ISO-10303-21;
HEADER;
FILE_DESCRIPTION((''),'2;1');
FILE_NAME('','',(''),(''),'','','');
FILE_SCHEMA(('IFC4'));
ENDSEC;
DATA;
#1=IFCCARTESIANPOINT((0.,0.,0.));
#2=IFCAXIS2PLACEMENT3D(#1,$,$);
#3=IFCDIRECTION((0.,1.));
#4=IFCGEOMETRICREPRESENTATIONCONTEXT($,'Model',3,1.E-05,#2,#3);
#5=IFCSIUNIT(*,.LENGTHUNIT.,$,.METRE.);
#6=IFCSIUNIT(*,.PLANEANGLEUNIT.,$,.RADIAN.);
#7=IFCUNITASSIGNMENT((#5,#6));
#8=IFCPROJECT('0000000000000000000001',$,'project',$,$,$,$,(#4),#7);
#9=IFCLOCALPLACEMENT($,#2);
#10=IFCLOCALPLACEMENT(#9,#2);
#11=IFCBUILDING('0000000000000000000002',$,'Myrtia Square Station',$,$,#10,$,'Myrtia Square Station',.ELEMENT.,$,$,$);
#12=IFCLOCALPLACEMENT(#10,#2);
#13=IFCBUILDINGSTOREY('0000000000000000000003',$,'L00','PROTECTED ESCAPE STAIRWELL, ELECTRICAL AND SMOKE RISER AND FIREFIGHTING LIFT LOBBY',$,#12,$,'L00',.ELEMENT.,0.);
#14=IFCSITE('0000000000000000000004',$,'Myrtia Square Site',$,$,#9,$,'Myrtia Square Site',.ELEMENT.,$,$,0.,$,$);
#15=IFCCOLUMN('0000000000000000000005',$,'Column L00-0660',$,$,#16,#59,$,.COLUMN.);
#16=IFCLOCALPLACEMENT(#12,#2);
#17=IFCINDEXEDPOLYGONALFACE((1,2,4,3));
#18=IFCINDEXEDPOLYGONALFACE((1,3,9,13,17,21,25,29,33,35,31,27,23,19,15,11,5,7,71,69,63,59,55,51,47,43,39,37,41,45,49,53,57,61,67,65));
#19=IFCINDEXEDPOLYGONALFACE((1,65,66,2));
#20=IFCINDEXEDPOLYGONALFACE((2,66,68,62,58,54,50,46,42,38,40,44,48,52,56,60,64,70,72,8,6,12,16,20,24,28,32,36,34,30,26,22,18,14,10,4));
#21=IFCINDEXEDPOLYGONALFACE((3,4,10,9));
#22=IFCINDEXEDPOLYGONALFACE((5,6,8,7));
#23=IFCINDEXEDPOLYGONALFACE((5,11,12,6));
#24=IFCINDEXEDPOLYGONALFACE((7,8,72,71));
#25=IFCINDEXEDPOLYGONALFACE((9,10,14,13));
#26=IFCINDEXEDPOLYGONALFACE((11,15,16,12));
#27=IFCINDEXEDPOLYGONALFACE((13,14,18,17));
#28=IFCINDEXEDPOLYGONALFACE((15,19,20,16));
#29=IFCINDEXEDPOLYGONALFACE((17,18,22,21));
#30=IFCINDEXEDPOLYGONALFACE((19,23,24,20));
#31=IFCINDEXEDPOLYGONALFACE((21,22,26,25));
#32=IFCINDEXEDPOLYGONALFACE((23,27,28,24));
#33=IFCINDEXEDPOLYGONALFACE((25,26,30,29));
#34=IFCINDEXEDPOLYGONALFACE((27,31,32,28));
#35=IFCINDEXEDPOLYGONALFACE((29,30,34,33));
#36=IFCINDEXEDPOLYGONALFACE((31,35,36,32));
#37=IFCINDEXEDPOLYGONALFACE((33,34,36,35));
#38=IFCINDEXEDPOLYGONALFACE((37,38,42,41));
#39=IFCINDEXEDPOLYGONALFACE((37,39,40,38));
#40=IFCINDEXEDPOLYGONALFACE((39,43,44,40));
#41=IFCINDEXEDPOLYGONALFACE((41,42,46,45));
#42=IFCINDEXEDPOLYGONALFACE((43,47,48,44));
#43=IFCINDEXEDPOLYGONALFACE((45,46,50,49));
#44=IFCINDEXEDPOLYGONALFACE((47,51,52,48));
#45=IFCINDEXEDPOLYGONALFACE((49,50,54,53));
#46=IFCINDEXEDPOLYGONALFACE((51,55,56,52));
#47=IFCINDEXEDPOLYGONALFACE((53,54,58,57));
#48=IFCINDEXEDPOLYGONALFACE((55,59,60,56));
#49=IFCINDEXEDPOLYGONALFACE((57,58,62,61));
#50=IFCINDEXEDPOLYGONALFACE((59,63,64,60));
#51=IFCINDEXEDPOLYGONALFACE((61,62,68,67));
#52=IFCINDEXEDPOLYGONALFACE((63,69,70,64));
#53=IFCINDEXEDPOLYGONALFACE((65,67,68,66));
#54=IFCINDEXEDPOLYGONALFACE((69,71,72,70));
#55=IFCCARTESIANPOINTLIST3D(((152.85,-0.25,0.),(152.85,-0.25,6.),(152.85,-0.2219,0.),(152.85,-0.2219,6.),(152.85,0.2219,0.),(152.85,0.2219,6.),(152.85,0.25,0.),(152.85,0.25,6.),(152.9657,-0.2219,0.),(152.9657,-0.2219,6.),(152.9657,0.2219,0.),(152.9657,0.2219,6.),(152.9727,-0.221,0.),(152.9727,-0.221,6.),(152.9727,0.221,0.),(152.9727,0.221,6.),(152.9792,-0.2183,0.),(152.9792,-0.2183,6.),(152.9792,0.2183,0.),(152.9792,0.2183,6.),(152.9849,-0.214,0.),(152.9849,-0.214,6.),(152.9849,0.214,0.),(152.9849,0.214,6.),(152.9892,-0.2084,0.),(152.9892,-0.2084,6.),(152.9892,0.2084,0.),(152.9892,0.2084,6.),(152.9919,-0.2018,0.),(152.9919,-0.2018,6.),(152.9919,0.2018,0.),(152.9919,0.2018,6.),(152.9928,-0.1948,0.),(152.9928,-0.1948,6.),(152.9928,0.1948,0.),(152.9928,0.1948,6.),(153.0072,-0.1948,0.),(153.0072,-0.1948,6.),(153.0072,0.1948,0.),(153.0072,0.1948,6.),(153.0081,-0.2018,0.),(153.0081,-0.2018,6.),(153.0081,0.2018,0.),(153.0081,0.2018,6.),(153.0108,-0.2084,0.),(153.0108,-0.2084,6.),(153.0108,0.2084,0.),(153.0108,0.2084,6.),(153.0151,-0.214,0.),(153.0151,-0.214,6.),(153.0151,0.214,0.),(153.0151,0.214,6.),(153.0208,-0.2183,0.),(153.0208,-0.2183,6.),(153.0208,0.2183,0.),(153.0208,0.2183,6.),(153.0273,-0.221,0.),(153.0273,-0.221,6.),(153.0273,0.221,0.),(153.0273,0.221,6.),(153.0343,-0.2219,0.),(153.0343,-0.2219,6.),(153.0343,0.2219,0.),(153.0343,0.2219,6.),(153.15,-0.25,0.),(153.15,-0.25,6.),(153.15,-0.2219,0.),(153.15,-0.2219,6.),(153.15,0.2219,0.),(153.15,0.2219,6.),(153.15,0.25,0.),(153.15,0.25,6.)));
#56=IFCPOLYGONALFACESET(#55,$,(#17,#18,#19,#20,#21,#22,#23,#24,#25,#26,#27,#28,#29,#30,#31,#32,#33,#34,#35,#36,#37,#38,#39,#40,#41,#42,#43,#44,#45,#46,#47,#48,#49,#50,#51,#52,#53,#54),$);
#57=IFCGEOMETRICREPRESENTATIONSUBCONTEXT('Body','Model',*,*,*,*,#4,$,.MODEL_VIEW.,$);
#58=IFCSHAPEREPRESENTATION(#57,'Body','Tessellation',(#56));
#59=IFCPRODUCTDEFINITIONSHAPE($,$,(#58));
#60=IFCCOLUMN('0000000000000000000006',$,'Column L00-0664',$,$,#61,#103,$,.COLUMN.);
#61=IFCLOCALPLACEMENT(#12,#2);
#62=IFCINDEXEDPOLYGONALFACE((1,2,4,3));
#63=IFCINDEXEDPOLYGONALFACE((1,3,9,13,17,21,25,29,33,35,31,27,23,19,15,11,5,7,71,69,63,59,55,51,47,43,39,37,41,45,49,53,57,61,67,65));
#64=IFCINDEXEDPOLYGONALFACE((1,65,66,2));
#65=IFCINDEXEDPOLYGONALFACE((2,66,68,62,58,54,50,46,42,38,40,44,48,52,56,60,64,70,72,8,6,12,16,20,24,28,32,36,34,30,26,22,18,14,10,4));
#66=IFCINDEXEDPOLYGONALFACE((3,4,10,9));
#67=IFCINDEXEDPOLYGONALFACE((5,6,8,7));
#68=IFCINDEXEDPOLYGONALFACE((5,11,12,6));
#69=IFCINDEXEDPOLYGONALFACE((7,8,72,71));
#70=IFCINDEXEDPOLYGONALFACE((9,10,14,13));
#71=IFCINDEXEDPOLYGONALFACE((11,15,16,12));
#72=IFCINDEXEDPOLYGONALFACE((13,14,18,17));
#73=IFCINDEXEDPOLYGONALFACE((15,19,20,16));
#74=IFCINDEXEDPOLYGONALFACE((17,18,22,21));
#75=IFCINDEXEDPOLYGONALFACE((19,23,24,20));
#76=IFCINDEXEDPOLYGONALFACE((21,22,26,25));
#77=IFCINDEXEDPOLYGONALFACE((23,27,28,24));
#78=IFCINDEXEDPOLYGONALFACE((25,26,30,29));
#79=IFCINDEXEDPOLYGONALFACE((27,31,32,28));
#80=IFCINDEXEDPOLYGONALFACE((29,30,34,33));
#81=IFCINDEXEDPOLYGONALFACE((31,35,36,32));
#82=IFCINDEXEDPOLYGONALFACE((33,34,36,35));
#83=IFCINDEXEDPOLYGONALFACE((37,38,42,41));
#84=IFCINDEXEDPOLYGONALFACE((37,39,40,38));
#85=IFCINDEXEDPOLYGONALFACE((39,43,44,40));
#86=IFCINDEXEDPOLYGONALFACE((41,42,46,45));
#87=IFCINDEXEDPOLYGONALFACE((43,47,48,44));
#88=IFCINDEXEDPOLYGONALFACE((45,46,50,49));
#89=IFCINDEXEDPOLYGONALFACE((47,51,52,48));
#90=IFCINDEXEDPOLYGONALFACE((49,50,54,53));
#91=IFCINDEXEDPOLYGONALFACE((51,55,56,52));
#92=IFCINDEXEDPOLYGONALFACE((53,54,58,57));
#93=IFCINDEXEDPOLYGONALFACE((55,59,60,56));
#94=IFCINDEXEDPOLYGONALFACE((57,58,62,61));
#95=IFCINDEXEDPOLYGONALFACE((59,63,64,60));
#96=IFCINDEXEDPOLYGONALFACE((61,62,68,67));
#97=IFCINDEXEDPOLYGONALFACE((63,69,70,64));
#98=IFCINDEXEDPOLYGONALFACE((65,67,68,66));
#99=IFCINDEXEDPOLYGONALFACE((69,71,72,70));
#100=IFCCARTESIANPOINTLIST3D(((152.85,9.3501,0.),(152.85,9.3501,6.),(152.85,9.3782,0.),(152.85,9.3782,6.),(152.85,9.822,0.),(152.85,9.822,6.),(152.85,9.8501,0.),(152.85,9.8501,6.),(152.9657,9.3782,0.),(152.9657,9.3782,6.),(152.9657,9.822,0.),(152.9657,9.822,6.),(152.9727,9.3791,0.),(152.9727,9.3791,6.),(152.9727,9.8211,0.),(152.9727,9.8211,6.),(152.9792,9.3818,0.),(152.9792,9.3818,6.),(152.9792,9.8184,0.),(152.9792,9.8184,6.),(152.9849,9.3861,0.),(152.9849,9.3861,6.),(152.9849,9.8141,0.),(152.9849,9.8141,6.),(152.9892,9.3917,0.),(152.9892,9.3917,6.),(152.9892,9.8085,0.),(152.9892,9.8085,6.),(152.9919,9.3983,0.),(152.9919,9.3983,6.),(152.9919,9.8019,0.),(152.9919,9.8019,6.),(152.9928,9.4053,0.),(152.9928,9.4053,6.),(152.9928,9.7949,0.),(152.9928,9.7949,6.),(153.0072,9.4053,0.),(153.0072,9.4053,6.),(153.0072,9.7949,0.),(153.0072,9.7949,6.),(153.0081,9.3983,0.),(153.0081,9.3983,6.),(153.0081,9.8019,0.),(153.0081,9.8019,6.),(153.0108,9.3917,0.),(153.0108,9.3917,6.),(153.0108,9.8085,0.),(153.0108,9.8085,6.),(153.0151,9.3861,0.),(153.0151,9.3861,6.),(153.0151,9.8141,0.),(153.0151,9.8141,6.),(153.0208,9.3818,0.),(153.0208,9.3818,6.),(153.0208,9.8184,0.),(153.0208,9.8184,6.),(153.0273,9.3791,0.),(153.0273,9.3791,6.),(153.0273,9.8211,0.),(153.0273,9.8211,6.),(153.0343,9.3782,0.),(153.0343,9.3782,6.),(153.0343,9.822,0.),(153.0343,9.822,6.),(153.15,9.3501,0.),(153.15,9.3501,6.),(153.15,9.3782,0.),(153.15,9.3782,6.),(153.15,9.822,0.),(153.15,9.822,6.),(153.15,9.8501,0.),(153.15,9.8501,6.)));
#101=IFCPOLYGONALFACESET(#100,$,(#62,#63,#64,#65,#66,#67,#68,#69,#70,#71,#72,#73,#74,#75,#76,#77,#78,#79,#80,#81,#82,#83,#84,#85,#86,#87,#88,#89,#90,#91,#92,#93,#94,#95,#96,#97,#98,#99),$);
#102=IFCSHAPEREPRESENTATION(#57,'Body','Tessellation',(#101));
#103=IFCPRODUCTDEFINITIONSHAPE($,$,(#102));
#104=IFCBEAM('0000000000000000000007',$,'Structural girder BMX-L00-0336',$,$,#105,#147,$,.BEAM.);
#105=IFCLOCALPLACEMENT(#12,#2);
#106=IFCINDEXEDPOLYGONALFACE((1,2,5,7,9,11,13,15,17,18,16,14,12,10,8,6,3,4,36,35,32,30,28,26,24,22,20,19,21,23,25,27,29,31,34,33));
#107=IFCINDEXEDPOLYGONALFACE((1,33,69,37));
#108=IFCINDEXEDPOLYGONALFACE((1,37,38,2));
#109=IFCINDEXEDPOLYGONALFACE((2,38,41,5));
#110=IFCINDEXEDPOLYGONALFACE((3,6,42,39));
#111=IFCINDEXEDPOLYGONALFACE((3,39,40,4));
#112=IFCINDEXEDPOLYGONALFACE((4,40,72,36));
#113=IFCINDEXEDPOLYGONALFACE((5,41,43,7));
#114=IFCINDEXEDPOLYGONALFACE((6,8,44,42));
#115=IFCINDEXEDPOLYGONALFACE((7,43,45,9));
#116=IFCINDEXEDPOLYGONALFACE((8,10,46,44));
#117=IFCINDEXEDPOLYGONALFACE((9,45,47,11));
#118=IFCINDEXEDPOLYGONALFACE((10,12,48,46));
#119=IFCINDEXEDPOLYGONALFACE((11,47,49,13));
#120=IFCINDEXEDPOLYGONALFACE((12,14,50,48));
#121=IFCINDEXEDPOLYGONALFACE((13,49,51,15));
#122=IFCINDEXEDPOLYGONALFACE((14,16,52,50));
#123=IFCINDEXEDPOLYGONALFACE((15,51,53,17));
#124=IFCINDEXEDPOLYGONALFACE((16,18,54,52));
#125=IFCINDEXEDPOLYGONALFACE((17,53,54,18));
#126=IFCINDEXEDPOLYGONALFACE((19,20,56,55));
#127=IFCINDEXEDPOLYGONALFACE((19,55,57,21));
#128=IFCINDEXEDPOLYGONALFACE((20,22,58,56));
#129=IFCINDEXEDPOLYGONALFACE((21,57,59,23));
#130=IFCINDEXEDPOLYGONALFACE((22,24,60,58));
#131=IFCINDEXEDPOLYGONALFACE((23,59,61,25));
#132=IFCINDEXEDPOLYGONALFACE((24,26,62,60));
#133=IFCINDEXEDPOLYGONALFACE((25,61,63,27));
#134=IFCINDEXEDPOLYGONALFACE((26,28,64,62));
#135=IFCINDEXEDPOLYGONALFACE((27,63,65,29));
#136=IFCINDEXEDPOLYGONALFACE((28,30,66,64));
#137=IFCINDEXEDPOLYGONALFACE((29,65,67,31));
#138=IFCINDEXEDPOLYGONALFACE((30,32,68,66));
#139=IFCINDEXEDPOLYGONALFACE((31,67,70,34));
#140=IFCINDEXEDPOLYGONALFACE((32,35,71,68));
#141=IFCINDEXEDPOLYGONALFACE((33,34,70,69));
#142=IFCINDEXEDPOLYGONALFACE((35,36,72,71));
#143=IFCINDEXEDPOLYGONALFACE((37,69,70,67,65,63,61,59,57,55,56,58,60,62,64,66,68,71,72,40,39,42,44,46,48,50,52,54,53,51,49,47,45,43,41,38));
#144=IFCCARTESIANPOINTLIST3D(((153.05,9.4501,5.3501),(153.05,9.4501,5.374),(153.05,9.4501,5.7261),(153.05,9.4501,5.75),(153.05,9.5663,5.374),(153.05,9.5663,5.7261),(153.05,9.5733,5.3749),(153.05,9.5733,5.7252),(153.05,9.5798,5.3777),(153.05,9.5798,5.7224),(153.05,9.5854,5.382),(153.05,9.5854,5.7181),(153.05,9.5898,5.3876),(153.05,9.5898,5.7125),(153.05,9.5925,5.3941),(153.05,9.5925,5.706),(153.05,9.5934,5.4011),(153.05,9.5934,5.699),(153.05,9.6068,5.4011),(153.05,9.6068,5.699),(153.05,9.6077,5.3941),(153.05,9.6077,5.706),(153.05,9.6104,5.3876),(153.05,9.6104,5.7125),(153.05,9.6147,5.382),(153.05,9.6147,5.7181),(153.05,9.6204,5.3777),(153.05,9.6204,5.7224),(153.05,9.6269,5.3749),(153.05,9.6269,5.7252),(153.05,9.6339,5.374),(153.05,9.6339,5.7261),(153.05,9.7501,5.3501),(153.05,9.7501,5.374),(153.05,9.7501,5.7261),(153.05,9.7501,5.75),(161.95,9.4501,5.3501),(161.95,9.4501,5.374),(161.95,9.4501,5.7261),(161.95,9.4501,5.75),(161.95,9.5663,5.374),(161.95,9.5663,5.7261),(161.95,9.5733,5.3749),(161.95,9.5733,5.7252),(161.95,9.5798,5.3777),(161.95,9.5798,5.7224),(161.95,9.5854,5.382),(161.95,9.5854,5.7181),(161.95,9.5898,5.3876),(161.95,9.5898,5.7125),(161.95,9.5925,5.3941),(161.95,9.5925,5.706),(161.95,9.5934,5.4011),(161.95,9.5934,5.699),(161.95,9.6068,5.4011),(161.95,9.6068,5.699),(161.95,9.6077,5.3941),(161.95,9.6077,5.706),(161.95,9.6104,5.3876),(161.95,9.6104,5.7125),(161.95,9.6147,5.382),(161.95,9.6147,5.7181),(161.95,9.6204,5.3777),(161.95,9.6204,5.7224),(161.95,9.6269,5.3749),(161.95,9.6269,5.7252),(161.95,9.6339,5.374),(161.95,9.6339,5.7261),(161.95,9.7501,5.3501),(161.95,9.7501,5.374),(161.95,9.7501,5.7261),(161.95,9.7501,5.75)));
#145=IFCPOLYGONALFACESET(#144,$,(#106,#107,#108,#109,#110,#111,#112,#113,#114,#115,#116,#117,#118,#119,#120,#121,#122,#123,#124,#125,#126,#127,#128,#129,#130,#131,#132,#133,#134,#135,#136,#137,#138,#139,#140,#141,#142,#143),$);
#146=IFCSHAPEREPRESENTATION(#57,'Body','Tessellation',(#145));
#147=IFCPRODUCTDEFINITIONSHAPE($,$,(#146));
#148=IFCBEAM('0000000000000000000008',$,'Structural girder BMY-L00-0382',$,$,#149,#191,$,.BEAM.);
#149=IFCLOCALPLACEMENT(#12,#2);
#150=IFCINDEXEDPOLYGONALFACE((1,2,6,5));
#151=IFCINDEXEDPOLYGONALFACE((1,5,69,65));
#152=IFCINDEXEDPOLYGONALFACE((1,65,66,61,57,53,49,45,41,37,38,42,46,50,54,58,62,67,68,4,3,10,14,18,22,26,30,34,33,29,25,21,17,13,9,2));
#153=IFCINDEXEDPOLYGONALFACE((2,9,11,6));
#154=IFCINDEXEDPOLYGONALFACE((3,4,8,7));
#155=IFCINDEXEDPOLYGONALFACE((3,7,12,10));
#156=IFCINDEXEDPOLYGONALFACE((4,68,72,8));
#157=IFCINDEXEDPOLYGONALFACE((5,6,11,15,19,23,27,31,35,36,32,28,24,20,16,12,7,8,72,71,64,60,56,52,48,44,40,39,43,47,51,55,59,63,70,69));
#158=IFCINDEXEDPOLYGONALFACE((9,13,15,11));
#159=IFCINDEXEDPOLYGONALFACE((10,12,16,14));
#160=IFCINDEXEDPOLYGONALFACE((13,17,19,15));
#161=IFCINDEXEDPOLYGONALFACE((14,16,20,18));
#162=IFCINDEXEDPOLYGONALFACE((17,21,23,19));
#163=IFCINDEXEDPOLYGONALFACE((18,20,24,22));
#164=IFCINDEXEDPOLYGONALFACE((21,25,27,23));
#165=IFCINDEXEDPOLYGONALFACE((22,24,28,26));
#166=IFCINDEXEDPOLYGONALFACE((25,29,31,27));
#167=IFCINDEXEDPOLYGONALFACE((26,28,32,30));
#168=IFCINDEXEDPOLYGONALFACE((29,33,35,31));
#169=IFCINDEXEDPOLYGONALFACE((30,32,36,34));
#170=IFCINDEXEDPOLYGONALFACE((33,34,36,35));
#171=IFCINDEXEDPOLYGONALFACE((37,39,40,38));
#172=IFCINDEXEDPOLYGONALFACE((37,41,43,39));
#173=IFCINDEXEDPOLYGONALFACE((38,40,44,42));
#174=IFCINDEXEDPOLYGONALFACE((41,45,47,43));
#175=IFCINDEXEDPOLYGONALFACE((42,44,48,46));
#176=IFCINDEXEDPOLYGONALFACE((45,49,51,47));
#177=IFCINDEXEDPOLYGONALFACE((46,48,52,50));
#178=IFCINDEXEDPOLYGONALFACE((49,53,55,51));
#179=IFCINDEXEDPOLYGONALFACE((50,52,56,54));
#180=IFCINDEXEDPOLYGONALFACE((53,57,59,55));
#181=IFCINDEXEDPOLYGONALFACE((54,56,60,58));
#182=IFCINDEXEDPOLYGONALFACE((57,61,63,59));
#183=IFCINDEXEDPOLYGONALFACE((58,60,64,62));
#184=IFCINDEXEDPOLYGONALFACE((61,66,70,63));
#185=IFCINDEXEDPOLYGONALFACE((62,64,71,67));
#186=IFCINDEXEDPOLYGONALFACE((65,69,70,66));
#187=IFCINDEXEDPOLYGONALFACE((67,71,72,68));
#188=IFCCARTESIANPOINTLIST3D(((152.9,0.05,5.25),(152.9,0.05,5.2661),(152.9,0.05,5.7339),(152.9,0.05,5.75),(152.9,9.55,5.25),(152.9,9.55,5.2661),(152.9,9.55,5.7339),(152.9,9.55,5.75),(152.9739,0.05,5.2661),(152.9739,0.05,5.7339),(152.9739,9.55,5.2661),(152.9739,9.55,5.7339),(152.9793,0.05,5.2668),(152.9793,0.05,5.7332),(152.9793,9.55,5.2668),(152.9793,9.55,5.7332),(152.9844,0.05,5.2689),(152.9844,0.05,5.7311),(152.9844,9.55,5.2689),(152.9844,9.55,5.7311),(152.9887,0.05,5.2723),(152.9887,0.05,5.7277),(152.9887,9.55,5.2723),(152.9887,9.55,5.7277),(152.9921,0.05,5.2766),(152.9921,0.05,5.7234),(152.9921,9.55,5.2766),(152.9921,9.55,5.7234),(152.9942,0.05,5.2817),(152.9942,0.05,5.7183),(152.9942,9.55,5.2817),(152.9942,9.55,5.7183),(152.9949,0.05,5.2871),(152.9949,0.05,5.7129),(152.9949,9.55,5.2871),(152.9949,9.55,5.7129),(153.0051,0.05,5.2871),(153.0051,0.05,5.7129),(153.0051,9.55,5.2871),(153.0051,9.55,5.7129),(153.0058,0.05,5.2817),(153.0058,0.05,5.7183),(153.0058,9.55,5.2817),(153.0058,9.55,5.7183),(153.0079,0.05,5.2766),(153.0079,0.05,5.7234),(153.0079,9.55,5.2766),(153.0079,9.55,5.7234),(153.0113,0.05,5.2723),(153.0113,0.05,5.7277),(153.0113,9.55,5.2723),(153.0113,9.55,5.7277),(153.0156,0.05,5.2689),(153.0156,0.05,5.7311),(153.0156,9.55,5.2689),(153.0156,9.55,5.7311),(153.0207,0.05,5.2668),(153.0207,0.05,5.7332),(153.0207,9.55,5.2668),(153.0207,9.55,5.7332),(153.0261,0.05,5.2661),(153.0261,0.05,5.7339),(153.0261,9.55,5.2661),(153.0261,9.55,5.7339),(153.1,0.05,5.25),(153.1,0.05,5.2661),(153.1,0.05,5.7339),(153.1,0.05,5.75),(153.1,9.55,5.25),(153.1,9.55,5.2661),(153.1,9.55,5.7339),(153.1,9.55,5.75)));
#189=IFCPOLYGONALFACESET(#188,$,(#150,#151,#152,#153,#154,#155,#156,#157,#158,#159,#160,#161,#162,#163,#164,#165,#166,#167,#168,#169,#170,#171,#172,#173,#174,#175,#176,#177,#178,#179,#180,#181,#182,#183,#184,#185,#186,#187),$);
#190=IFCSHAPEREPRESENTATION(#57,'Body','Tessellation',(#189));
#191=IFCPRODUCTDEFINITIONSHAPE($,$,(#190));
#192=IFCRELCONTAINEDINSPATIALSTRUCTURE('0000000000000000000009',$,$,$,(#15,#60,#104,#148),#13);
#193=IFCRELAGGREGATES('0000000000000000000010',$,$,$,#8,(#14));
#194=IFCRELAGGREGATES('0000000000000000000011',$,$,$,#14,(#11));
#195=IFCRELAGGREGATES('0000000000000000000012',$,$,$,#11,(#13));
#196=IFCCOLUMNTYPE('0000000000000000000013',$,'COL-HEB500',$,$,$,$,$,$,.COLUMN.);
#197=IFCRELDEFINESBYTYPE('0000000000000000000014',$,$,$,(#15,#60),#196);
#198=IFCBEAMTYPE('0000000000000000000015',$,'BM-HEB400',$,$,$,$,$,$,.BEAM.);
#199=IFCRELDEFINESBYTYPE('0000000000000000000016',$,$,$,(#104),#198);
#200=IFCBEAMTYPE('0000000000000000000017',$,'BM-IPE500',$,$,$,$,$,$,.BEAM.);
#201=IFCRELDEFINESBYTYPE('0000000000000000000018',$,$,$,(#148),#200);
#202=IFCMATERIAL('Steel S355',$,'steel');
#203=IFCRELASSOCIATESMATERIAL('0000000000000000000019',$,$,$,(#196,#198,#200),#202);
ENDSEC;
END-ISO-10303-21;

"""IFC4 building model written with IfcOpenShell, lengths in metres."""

from ifc_helpers import new_model, si_unit, direction, frame, origin, origin_2d, place, context, subcontext, project, spatial, i_section, extrude, material, material_profile, profile_set, type_object, element, save


model = new_model("IFC4")

# Units and contexts
model_context = context("Model", 3, precision=1e-05, world=origin(), true_north=direction((0.0, 1.0)))
body_context = subcontext(model_context, "Body", "Model", "MODEL_VIEW")
ifc_project = project(units=[si_unit("LENGTHUNIT", "METRE"), si_unit("PLANEANGLEUNIT", "RADIAN")], contexts=[model_context])

# Site, building, storey
site_placement = place(None, origin())
site = spatial("IfcSite", under=ifc_project, at=site_placement, Name="Myrtia Square Site", LongName="Myrtia Square Site", CompositionType="ELEMENT", RefElevation=0.0)
building_placement = place(site_placement, origin())
building = spatial("IfcBuilding", under=site, at=building_placement, Name="Myrtia Square Station", LongName="Myrtia Square Station", CompositionType="ELEMENT")
storey_placement = place(building_placement, origin())
storey = spatial("IfcBuildingStorey", under=building, at=storey_placement, Name="L00", Description="PROTECTED ESCAPE STAIRWELL, ELECTRICAL AND SMOKE RISER AND FIREFIGHTING LIFT LOBBY", LongName="L00", CompositionType="ELEMENT", Elevation=0.0)

# Columns
ifc_material_1 = material(Name="Steel S355", Category="steel")
ifc_material_profile_1 = material_profile(ifc_material_1, i_section(OverallWidth=0.3, OverallDepth=0.5, WebThickness=0.0144, FlangeThickness=0.0281, FilletRadius=0.0271, at=origin_2d()), Name="HEB 500")
ifc_profile_set_1 = profile_set([ifc_material_profile_1], Name="Steel S355")
column_type = type_object("IfcColumnType", Name="COL-HEB500", PredefinedType="COLUMN", material=ifc_profile_set_1)
for number, where, z_axis, x_axis, name in (
    (1, (153.0, 0.0, 0.0), (0.0, 0.0, 1.0), (1.0, 0.0, 0.0), "Column L00-0660"),
    (2, (153.0, 9.6001, 0.0), (0.0, 0.0, 1.0), (1.0, 0.0, 0.0), "Column L00-0664"),
):
    element("IfcColumn", number, at=place(storey_placement, frame(where, z_axis=z_axis, x_axis=x_axis)), inside=storey, type_object=column_type, Name=name, PredefinedType="COLUMN", context=body_context, shape_type="SweptSolid", body=[
        extrude(i_section(OverallWidth=0.3, OverallDepth=0.5, WebThickness=0.0144, FlangeThickness=0.0281, FilletRadius=0.0271, at=origin_2d()), origin(), (0.0, 0.0, 1.0), 6.0),
    ])

# Beams
ifc_material_profile_2 = material_profile(ifc_material_1, i_section(OverallWidth=0.3, OverallDepth=0.3999, WebThickness=0.0134, FlangeThickness=0.0239, FilletRadius=0.0271, at=origin_2d()), Name="HEB 400")
ifc_profile_set_2 = profile_set([ifc_material_profile_2], Name="Steel S355")
beam_type_1 = type_object("IfcBeamType", Name="BM-HEB400", PredefinedType="BEAM", material=ifc_profile_set_2)
beam_1_placement = place(storey_placement, frame((153.05, 9.6001, 5.55), z_axis=(1.0, 0.0, 0.0), x_axis=(0.0, 1.0, 0.0)))
element("IfcBeam", 3, at=beam_1_placement, inside=storey, type_object=beam_type_1, Name="Structural girder BMX-L00-0336", PredefinedType="BEAM", context=body_context, shape_type="SweptSolid", body=[
    extrude(i_section(OverallWidth=0.3, OverallDepth=0.3999, WebThickness=0.0134, FlangeThickness=0.0239, FilletRadius=0.0271, at=origin_2d()), origin(), (0.0, 0.0, 1.0), 8.8999),
])
ifc_material_profile_3 = material_profile(ifc_material_1, i_section(OverallWidth=0.2, OverallDepth=0.5, WebThickness=0.0103, FlangeThickness=0.0161, FilletRadius=0.021, at=origin_2d()), Name="IPE 500")
ifc_profile_set_3 = profile_set([ifc_material_profile_3], Name="Steel S355")
beam_type_2 = type_object("IfcBeamType", Name="BM-IPE500", PredefinedType="BEAM", material=ifc_profile_set_3)
for number, where, z_axis, x_axis, name in (
    (4, (153.0, 0.05, 5.5), (0.0, 1.0, 0.0), (-1.0, 0.0, 0.0), "Structural girder BMY-L00-0382"),
):
    element("IfcBeam", number, at=place(storey_placement, frame(where, z_axis=z_axis, x_axis=x_axis)), inside=storey, type_object=beam_type_2, Name=name, PredefinedType="BEAM", context=body_context, shape_type="SweptSolid", body=[
        extrude(i_section(OverallWidth=0.2, OverallDepth=0.5, WebThickness=0.0103, FlangeThickness=0.0161, FilletRadius=0.021, at=origin_2d()), origin(), (0.0, 0.0, 1.0), 9.5),
    ])

save(model, "model.ifc")
